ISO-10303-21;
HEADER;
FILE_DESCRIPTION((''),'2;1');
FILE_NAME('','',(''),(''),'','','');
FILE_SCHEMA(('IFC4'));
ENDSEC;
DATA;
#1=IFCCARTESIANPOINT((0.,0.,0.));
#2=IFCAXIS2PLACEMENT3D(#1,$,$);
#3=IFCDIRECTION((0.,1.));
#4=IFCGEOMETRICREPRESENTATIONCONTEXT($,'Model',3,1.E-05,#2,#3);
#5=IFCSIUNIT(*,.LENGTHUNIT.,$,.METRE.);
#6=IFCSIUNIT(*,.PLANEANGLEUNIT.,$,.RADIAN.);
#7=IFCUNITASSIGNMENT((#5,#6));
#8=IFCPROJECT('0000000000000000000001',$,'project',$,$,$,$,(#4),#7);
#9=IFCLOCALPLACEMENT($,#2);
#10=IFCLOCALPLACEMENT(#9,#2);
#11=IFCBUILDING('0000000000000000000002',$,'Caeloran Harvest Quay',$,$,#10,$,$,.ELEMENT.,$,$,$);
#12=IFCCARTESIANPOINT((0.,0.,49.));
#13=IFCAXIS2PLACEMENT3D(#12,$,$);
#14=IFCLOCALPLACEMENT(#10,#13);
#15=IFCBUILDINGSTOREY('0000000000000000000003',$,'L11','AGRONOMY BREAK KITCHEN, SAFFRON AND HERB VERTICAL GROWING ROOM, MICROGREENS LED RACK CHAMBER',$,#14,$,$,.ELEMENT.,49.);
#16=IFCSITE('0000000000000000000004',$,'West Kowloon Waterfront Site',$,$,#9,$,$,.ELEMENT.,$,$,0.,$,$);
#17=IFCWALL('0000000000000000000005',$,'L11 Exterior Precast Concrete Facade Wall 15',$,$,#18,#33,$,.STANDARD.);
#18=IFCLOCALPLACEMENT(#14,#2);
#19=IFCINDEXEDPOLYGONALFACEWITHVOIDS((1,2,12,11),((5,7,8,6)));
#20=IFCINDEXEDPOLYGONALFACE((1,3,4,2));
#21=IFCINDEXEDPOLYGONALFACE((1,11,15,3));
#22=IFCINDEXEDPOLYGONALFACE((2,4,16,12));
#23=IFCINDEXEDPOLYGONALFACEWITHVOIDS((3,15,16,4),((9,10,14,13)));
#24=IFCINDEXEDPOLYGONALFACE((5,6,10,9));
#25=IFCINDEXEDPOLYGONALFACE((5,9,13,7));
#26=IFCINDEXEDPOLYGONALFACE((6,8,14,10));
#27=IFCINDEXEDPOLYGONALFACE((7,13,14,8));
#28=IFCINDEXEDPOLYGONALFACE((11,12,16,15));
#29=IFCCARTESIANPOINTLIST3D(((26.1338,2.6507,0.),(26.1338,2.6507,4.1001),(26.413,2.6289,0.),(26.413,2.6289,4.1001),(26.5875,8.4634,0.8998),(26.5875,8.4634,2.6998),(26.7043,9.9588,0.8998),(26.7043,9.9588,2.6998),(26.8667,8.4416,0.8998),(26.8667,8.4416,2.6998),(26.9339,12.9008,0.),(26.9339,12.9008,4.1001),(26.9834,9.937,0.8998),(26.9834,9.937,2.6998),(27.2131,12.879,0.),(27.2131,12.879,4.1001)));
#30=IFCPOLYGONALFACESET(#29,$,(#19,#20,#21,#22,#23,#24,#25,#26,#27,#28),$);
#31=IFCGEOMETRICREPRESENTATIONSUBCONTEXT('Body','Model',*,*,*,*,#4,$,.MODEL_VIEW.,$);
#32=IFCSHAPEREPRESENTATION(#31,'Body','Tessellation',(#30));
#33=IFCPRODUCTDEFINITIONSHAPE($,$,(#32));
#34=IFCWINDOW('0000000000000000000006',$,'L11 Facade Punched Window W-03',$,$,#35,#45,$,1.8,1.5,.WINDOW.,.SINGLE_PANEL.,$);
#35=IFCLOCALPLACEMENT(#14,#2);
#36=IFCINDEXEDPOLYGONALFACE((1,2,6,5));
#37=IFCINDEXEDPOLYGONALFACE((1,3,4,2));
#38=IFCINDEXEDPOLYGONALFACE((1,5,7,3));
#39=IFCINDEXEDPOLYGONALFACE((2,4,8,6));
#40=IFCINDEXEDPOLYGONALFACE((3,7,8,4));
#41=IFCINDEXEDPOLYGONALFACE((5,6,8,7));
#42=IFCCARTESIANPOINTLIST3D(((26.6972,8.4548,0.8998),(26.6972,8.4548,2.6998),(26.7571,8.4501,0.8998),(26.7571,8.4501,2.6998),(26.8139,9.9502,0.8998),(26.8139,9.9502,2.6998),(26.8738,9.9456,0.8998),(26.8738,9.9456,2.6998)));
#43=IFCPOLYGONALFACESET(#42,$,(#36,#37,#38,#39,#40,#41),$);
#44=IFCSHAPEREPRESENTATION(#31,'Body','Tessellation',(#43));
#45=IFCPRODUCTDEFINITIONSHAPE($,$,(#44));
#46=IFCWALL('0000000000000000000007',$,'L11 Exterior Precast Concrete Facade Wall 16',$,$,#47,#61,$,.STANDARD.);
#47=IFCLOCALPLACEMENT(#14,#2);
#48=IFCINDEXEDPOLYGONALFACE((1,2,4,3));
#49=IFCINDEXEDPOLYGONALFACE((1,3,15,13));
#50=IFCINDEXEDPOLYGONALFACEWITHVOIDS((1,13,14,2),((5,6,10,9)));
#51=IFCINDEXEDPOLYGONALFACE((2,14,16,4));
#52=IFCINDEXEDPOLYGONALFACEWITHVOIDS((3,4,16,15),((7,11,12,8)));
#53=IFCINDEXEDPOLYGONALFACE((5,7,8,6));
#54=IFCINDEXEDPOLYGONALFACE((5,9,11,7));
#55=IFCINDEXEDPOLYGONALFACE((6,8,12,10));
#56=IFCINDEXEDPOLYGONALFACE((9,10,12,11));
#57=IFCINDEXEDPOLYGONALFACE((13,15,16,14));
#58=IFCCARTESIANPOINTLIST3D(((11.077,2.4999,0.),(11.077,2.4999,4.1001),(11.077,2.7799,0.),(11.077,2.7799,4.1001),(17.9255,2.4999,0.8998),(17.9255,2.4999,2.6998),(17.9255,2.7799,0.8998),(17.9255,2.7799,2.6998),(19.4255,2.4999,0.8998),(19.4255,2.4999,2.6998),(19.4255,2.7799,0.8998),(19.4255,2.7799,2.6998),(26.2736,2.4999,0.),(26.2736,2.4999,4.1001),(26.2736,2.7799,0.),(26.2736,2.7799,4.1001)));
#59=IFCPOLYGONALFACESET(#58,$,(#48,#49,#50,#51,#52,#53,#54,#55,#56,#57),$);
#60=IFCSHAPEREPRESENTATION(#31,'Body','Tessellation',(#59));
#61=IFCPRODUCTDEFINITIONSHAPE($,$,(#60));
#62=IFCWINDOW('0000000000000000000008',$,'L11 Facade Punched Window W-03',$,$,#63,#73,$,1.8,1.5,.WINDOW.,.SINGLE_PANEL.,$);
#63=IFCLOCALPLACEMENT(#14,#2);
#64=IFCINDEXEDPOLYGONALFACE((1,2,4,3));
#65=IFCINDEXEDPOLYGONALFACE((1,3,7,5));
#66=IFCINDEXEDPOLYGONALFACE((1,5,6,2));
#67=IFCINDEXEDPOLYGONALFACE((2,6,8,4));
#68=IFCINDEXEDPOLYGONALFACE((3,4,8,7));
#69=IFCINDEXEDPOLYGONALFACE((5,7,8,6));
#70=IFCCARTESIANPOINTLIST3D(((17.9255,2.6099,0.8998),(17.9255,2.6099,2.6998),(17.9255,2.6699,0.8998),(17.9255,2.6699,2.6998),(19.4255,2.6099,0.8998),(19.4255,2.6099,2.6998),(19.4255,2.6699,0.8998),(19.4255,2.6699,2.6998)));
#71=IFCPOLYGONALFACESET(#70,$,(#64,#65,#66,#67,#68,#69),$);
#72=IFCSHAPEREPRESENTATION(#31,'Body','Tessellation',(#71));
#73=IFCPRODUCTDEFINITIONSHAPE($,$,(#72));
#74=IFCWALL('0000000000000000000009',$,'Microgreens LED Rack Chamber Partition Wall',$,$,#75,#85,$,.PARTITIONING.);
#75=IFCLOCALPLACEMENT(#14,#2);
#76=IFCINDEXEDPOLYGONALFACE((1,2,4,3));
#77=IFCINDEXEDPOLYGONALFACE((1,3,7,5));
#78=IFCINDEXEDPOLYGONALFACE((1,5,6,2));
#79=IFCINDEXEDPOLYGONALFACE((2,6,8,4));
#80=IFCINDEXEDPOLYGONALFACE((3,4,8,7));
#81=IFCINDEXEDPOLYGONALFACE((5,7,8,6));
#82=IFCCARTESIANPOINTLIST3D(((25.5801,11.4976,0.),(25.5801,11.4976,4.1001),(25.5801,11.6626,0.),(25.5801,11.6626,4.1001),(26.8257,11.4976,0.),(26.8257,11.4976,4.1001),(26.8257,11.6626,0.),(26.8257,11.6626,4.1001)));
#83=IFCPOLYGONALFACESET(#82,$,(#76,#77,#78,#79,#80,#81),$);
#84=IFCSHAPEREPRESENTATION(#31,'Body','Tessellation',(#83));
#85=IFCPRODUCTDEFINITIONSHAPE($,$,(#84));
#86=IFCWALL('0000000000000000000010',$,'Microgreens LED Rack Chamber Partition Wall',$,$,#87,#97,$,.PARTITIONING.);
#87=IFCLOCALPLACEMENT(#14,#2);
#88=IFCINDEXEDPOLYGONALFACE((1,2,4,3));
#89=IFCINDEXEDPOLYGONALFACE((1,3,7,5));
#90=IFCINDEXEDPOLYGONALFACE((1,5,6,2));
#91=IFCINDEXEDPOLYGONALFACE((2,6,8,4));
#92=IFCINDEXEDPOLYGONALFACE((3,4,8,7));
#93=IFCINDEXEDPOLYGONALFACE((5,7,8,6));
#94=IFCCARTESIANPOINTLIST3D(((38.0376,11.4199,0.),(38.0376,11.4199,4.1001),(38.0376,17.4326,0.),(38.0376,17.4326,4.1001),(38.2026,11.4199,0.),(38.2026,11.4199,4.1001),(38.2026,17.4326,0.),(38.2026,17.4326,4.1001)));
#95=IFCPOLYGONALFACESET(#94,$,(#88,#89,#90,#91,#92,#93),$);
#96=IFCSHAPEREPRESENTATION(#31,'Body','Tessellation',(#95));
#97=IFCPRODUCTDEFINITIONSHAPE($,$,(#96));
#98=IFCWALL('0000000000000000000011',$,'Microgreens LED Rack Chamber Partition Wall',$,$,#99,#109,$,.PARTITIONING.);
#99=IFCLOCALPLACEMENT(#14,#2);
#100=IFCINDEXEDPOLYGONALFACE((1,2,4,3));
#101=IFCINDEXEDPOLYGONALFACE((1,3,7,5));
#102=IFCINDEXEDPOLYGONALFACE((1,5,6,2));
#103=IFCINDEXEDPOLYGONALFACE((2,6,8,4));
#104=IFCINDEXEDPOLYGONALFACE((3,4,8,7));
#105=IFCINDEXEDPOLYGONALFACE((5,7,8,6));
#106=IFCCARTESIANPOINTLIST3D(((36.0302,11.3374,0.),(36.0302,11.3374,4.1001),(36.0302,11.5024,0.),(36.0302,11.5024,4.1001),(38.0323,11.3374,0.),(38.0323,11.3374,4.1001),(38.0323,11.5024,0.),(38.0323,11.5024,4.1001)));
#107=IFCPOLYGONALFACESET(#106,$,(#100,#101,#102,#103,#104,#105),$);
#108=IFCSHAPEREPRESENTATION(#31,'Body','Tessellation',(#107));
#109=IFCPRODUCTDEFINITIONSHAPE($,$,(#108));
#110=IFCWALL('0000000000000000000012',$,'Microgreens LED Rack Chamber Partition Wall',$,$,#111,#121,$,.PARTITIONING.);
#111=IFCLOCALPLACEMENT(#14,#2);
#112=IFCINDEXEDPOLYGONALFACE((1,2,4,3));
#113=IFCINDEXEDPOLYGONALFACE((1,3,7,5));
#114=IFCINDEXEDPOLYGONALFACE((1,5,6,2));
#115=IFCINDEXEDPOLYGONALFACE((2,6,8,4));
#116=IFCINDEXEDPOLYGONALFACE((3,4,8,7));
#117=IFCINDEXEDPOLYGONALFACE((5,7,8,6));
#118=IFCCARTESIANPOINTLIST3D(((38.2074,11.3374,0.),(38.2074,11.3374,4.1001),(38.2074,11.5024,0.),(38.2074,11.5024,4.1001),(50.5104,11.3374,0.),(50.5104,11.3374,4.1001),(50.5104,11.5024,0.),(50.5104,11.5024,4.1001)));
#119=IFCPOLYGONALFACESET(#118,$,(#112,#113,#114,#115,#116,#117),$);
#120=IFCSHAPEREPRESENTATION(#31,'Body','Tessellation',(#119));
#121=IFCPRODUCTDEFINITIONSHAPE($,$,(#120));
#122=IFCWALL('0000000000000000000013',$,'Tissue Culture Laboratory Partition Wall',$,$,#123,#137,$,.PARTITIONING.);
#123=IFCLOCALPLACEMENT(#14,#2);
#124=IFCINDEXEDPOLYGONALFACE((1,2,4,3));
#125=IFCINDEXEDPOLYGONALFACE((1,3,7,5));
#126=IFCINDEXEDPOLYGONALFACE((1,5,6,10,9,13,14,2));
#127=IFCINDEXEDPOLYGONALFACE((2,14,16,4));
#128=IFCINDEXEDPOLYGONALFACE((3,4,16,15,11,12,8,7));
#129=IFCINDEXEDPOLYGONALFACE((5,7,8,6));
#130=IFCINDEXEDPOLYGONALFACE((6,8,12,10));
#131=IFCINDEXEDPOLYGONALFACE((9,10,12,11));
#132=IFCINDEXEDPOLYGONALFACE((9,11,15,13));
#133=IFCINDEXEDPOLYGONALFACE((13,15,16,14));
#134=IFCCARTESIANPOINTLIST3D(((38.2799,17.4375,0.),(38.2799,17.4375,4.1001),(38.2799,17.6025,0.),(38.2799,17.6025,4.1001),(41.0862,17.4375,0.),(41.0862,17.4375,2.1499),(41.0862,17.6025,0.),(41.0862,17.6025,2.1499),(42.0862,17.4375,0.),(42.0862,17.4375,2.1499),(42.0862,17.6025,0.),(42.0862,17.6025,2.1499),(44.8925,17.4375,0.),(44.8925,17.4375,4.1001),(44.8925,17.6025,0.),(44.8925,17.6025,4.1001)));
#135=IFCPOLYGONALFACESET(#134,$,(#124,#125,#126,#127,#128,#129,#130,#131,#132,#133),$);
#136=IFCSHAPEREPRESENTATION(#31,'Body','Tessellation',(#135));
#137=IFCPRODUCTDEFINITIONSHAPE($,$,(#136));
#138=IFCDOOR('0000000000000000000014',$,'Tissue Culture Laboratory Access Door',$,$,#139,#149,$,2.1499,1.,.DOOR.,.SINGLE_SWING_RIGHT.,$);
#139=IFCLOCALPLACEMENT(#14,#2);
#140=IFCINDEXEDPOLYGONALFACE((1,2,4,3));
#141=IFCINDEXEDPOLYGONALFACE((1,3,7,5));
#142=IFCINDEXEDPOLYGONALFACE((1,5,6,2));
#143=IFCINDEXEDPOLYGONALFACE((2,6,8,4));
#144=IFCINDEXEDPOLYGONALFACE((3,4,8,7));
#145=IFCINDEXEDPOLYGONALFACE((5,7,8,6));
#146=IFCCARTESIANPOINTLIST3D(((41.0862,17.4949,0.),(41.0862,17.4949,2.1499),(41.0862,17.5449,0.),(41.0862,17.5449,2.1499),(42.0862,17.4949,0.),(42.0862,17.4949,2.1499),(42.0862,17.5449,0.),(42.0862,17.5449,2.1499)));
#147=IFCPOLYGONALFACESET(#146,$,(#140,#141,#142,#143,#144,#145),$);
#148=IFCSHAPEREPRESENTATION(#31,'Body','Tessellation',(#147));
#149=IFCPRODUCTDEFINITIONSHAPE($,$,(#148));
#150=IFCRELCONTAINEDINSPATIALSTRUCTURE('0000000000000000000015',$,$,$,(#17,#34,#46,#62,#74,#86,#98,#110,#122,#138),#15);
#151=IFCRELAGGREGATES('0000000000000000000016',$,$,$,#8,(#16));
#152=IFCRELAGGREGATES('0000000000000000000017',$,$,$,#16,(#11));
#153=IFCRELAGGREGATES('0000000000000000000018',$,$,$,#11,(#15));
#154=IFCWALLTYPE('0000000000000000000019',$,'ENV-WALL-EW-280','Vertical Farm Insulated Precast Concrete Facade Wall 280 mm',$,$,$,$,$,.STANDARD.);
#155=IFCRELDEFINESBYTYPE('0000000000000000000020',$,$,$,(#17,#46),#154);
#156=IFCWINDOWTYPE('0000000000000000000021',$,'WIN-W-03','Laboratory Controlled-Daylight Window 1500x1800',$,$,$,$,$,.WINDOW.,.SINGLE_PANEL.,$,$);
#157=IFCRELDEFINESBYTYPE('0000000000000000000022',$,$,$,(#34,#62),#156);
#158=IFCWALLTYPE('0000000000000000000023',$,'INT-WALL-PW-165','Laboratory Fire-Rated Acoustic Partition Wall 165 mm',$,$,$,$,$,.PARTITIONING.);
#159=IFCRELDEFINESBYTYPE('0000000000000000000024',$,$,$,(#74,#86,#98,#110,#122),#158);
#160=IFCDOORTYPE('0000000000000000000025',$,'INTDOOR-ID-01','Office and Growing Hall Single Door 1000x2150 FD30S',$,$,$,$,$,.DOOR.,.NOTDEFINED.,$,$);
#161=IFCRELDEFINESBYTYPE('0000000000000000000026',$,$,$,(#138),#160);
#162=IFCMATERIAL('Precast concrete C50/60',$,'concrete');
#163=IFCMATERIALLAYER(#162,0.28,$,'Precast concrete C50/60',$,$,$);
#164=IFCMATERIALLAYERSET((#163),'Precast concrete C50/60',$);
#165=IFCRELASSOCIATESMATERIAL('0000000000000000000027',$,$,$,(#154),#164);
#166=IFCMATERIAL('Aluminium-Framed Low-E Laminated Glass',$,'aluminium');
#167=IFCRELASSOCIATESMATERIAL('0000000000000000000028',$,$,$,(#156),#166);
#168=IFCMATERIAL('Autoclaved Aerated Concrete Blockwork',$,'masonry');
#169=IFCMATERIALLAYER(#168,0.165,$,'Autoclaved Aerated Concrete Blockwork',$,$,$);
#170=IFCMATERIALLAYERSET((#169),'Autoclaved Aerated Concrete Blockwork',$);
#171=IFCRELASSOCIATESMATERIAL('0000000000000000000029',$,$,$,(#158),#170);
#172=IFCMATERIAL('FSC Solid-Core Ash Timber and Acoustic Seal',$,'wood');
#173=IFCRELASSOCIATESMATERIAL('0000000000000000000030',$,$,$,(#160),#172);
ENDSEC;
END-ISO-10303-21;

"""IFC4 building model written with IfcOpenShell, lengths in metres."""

from ifc_helpers import new_model, si_unit, direction, frame, frame_2d, origin, place, context, subcontext, project, spatial, rectangle, extrude, material, layer, layer_set, type_object, element, fill, save


model = new_model("IFC4")

# Units and contexts
model_context = context("Model", 3, precision=1e-05, world=origin(), true_north=direction((0.0, 1.0)))
body_context = subcontext(model_context, "Body", "Model", "MODEL_VIEW")
ifc_project = project(units=[si_unit("LENGTHUNIT", "METRE"), si_unit("PLANEANGLEUNIT", "RADIAN")], contexts=[model_context])

# Site, building, storey
site_placement = place(None, origin())
site = spatial("IfcSite", under=ifc_project, at=site_placement, Name="West Kowloon Waterfront Site", CompositionType="ELEMENT", RefElevation=0.0)
building_placement = place(site_placement, origin())
building = spatial("IfcBuilding", under=site, at=building_placement, Name="Caeloran Harvest Quay", CompositionType="ELEMENT")
storey_placement = place(building_placement, frame((0.0, 0.0, 49.0)))
storey = spatial("IfcBuildingStorey", under=building, at=storey_placement, Name="L11", Description="AGRONOMY BREAK KITCHEN, SAFFRON AND HERB VERTICAL GROWING ROOM, MICROGREENS LED RACK CHAMBER", CompositionType="ELEMENT", Elevation=49.0)

# Shared definitions
ifc_material_1 = material(Name="Precast concrete C50/60", Category="concrete")

# Walls, openings, windows
ifc_layer_1 = layer(ifc_material_1, 0.28, Name="Precast concrete C50/60")
ifc_layer_set_1 = layer_set([ifc_layer_1], Name="Precast concrete C50/60")
wall_type_1 = type_object("IfcWallType", Name="ENV-WALL-EW-280", Description="Vertical Farm Insulated Precast Concrete Facade Wall 280 mm", PredefinedType="STANDARD", material=ifc_layer_set_1)
ifc_material_2 = material(Name="Aluminium-Framed Low-E Laminated Glass", Category="aluminium")
window_type = type_object("IfcWindowType", Name="WIN-W-03", Description="Laboratory Controlled-Daylight Window 1500x1800", PartitioningType="SINGLE_PANEL", PredefinedType="WINDOW", material=ifc_material_2)
wall_1_placement = place(storey_placement, frame((27.0735, 12.8899, 0.0), z_axis=(0.0, 0.0, 1.0), x_axis=(-0.077817, -0.996968, 0.0)))
wall_1 = element("IfcWall", 1, at=wall_1_placement, inside=storey, type_object=wall_type_1, Name="L11 Exterior Precast Concrete Facade Wall 15", PredefinedType="STANDARD", context=body_context, shape_type="SweptSolid", body=[
    extrude(rectangle(XDim=10.2812, YDim=0.28, at=frame_2d((5.1406, 0.0))), origin(), (0.0, 0.0, 1.0), 4.1001),
])
opening_1_placement = place(wall_1_placement, frame((2.9509, 0.0, 0.8999)))
opening_1 = element("IfcOpeningElement", 2, at=opening_1_placement, cuts=wall_1, PredefinedType="OPENING", context=body_context, shape_type="SweptSolid", body=[
    extrude(rectangle(XDim=1.5, YDim=1.8, at=frame_2d((0.75, 0.8999))), frame((0.0, 0.1499, 0.0), z_axis=(0.0, -1.0, 0.0), x_axis=(1.0, 0.0, 0.0)), (0.0, 0.0, 1.0), 0.3),
])
window_1_placement = place(opening_1_placement, origin())
window_1 = element("IfcWindow", 3, at=window_1_placement, inside=storey, type_object=window_type, Name="L11 Facade Punched Window W-03", OverallHeight=1.8, OverallWidth=1.5, PartitioningType="SINGLE_PANEL", PredefinedType="WINDOW", context=body_context, shape_type="SweptSolid", body=[
    extrude(rectangle(XDim=1.5, YDim=1.8, at=frame_2d((0.75, 0.8999))), frame((0.0, 0.03, 0.0), z_axis=(0.0, -1.0, 0.0), x_axis=(1.0, 0.0, 0.0)), (0.0, 0.0, 1.0), 0.0601),
])
fill(opening_1, window_1)
wall_2_placement = place(storey_placement, frame((26.2734, 2.6399, 0.0), z_axis=(0.0, 0.0, 1.0), x_axis=(-1.0, 0.0, 0.0)))
wall_2 = element("IfcWall", 4, at=wall_2_placement, inside=storey, type_object=wall_type_1, Name="L11 Exterior Precast Concrete Facade Wall 16", PredefinedType="STANDARD", context=body_context, shape_type="SweptSolid", body=[
    extrude(rectangle(XDim=15.1965, YDim=0.28, at=frame_2d((7.5981, 0.0))), origin(), (0.0, 0.0, 1.0), 4.1001),
])
opening_2_placement = place(wall_2_placement, frame((6.8479, 0.0, 0.8999)))
opening_2 = element("IfcOpeningElement", 5, at=opening_2_placement, cuts=wall_2, PredefinedType="OPENING", context=body_context, shape_type="SweptSolid", body=[
    extrude(rectangle(XDim=1.5, YDim=1.8, at=frame_2d((0.75, 0.8999))), frame((0.0, 0.1499, 0.0), z_axis=(0.0, -1.0, 0.0), x_axis=(1.0, 0.0, 0.0)), (0.0, 0.0, 1.0), 0.3),
])
window_2_placement = place(opening_2_placement, origin())
window_2 = element("IfcWindow", 6, at=window_2_placement, inside=storey, type_object=window_type, Name="L11 Facade Punched Window W-03", OverallHeight=1.8, OverallWidth=1.5, PartitioningType="SINGLE_PANEL", PredefinedType="WINDOW", context=body_context, shape_type="SweptSolid", body=[
    extrude(rectangle(XDim=1.5, YDim=1.8, at=frame_2d((0.75, 0.8999))), frame((0.0, 0.03, 0.0), z_axis=(0.0, -1.0, 0.0), x_axis=(1.0, 0.0, 0.0)), (0.0, 0.0, 1.0), 0.0601),
])
fill(opening_2, window_2)

# Walls
ifc_material_3 = material(Name="Autoclaved Aerated Concrete Blockwork", Category="masonry")
ifc_layer_2 = layer(ifc_material_3, 0.165, Name="Autoclaved Aerated Concrete Blockwork")
ifc_layer_set_2 = layer_set([ifc_layer_2], Name="Autoclaved Aerated Concrete Blockwork")
wall_type_2 = type_object("IfcWallType", Name="INT-WALL-PW-165", Description="Laboratory Fire-Rated Acoustic Partition Wall 165 mm", PredefinedType="PARTITIONING", material=ifc_layer_set_2)
wall_3_placement = place(storey_placement, frame((26.8257, 11.5801, 0.0), z_axis=(0.0, 0.0, 1.0), x_axis=(-1.0, 0.0, 0.0)))
element("IfcWall", 7, at=wall_3_placement, inside=storey, type_object=wall_type_2, Name="Microgreens LED Rack Chamber Partition Wall", PredefinedType="PARTITIONING", context=body_context, shape_type="SweptSolid", body=[
    extrude(rectangle(XDim=1.2456, YDim=0.165, at=frame_2d((0.6228, 0.0))), origin(), (0.0, 0.0, 1.0), 4.1001),
])
wall_4_placement = place(storey_placement, frame((38.1201, 17.4326, 0.0), z_axis=(0.0, 0.0, 1.0), x_axis=(0.0, -1.0, 0.0)))
element("IfcWall", 8, at=wall_4_placement, inside=storey, type_object=wall_type_2, Name="Microgreens LED Rack Chamber Partition Wall", PredefinedType="PARTITIONING", context=body_context, shape_type="SweptSolid", body=[
    extrude(rectangle(XDim=6.0127, YDim=0.165, at=frame_2d((3.0063, 0.0))), origin(), (0.0, 0.0, 1.0), 4.1001),
])
wall_5_placement = place(storey_placement, frame((36.0303, 11.4199, 0.0), z_axis=(0.0, 0.0, 1.0), x_axis=(1.0, 0.0, 0.0)))
element("IfcWall", 9, at=wall_5_placement, inside=storey, type_object=wall_type_2, Name="Microgreens LED Rack Chamber Partition Wall", PredefinedType="PARTITIONING", context=body_context, shape_type="SweptSolid", body=[
    extrude(rectangle(XDim=2.0022, YDim=0.165, at=frame_2d((1.001, 0.0))), origin(), (0.0, 0.0, 1.0), 4.1001),
])
wall_6_placement = place(storey_placement, frame((38.2075, 11.4199, 0.0), z_axis=(0.0, 0.0, 1.0), x_axis=(1.0, 0.0, 0.0)))
element("IfcWall", 10, at=wall_6_placement, inside=storey, type_object=wall_type_2, Name="Microgreens LED Rack Chamber Partition Wall", PredefinedType="PARTITIONING", context=body_context, shape_type="SweptSolid", body=[
    extrude(rectangle(XDim=12.303, YDim=0.165, at=frame_2d((6.1514, 0.0))), origin(), (0.0, 0.0, 1.0), 4.1001),
])

# Wall, opening, door
wall_7_placement = place(storey_placement, frame((38.28, 17.52, 0.0), z_axis=(0.0, 0.0, 1.0), x_axis=(1.0, 0.0, 0.0)))
wall_7 = element("IfcWall", 11, at=wall_7_placement, inside=storey, type_object=wall_type_2, Name="Tissue Culture Laboratory Partition Wall", PredefinedType="PARTITIONING", context=body_context, shape_type="SweptSolid", body=[
    extrude(rectangle(XDim=6.6125, YDim=0.165, at=frame_2d((3.3062, 0.0))), origin(), (0.0, 0.0, 1.0), 4.1001),
])
opening_3_placement = place(wall_7_placement, frame((2.8062, 0.0, 0.0)))
opening_3 = element("IfcOpeningElement", 12, at=opening_3_placement, cuts=wall_7, PredefinedType="OPENING", context=body_context, shape_type="SweptSolid", body=[
    extrude(rectangle(XDim=1.0, YDim=2.1499, at=frame_2d((0.5, 1.075))), frame((0.0, 0.0925, 0.0), z_axis=(0.0, -1.0, 0.0), x_axis=(1.0, 0.0, 0.0)), (0.0, 0.0, 1.0), 0.1851),
])
ifc_material_4 = material(Name="FSC Solid-Core Ash Timber and Acoustic Seal", Category="wood")
door_type_1 = type_object("IfcDoorType", Name="INTDOOR-ID-01", Description="Office and Growing Hall Single Door 1000x2150 FD30S", OperationType="NOTDEFINED", PredefinedType="DOOR", material=ifc_material_4)
door_1_placement = place(opening_3_placement, origin())
door_1 = element("IfcDoor", 13, at=door_1_placement, inside=storey, type_object=door_type_1, Name="Tissue Culture Laboratory Access Door", OperationType="SINGLE_SWING_RIGHT", OverallHeight=2.1499, OverallWidth=1.0, PredefinedType="DOOR", context=body_context, shape_type="SweptSolid", body=[
    extrude(rectangle(XDim=1.0, YDim=2.1499, at=frame_2d((0.5, 1.075))), frame((0.0, 0.0249, 0.0), z_axis=(0.0, -1.0, 0.0), x_axis=(1.0, 0.0, 0.0)), (0.0, 0.0, 1.0), 0.05),
])
fill(opening_3, door_1)

save(model, "model.ifc")
